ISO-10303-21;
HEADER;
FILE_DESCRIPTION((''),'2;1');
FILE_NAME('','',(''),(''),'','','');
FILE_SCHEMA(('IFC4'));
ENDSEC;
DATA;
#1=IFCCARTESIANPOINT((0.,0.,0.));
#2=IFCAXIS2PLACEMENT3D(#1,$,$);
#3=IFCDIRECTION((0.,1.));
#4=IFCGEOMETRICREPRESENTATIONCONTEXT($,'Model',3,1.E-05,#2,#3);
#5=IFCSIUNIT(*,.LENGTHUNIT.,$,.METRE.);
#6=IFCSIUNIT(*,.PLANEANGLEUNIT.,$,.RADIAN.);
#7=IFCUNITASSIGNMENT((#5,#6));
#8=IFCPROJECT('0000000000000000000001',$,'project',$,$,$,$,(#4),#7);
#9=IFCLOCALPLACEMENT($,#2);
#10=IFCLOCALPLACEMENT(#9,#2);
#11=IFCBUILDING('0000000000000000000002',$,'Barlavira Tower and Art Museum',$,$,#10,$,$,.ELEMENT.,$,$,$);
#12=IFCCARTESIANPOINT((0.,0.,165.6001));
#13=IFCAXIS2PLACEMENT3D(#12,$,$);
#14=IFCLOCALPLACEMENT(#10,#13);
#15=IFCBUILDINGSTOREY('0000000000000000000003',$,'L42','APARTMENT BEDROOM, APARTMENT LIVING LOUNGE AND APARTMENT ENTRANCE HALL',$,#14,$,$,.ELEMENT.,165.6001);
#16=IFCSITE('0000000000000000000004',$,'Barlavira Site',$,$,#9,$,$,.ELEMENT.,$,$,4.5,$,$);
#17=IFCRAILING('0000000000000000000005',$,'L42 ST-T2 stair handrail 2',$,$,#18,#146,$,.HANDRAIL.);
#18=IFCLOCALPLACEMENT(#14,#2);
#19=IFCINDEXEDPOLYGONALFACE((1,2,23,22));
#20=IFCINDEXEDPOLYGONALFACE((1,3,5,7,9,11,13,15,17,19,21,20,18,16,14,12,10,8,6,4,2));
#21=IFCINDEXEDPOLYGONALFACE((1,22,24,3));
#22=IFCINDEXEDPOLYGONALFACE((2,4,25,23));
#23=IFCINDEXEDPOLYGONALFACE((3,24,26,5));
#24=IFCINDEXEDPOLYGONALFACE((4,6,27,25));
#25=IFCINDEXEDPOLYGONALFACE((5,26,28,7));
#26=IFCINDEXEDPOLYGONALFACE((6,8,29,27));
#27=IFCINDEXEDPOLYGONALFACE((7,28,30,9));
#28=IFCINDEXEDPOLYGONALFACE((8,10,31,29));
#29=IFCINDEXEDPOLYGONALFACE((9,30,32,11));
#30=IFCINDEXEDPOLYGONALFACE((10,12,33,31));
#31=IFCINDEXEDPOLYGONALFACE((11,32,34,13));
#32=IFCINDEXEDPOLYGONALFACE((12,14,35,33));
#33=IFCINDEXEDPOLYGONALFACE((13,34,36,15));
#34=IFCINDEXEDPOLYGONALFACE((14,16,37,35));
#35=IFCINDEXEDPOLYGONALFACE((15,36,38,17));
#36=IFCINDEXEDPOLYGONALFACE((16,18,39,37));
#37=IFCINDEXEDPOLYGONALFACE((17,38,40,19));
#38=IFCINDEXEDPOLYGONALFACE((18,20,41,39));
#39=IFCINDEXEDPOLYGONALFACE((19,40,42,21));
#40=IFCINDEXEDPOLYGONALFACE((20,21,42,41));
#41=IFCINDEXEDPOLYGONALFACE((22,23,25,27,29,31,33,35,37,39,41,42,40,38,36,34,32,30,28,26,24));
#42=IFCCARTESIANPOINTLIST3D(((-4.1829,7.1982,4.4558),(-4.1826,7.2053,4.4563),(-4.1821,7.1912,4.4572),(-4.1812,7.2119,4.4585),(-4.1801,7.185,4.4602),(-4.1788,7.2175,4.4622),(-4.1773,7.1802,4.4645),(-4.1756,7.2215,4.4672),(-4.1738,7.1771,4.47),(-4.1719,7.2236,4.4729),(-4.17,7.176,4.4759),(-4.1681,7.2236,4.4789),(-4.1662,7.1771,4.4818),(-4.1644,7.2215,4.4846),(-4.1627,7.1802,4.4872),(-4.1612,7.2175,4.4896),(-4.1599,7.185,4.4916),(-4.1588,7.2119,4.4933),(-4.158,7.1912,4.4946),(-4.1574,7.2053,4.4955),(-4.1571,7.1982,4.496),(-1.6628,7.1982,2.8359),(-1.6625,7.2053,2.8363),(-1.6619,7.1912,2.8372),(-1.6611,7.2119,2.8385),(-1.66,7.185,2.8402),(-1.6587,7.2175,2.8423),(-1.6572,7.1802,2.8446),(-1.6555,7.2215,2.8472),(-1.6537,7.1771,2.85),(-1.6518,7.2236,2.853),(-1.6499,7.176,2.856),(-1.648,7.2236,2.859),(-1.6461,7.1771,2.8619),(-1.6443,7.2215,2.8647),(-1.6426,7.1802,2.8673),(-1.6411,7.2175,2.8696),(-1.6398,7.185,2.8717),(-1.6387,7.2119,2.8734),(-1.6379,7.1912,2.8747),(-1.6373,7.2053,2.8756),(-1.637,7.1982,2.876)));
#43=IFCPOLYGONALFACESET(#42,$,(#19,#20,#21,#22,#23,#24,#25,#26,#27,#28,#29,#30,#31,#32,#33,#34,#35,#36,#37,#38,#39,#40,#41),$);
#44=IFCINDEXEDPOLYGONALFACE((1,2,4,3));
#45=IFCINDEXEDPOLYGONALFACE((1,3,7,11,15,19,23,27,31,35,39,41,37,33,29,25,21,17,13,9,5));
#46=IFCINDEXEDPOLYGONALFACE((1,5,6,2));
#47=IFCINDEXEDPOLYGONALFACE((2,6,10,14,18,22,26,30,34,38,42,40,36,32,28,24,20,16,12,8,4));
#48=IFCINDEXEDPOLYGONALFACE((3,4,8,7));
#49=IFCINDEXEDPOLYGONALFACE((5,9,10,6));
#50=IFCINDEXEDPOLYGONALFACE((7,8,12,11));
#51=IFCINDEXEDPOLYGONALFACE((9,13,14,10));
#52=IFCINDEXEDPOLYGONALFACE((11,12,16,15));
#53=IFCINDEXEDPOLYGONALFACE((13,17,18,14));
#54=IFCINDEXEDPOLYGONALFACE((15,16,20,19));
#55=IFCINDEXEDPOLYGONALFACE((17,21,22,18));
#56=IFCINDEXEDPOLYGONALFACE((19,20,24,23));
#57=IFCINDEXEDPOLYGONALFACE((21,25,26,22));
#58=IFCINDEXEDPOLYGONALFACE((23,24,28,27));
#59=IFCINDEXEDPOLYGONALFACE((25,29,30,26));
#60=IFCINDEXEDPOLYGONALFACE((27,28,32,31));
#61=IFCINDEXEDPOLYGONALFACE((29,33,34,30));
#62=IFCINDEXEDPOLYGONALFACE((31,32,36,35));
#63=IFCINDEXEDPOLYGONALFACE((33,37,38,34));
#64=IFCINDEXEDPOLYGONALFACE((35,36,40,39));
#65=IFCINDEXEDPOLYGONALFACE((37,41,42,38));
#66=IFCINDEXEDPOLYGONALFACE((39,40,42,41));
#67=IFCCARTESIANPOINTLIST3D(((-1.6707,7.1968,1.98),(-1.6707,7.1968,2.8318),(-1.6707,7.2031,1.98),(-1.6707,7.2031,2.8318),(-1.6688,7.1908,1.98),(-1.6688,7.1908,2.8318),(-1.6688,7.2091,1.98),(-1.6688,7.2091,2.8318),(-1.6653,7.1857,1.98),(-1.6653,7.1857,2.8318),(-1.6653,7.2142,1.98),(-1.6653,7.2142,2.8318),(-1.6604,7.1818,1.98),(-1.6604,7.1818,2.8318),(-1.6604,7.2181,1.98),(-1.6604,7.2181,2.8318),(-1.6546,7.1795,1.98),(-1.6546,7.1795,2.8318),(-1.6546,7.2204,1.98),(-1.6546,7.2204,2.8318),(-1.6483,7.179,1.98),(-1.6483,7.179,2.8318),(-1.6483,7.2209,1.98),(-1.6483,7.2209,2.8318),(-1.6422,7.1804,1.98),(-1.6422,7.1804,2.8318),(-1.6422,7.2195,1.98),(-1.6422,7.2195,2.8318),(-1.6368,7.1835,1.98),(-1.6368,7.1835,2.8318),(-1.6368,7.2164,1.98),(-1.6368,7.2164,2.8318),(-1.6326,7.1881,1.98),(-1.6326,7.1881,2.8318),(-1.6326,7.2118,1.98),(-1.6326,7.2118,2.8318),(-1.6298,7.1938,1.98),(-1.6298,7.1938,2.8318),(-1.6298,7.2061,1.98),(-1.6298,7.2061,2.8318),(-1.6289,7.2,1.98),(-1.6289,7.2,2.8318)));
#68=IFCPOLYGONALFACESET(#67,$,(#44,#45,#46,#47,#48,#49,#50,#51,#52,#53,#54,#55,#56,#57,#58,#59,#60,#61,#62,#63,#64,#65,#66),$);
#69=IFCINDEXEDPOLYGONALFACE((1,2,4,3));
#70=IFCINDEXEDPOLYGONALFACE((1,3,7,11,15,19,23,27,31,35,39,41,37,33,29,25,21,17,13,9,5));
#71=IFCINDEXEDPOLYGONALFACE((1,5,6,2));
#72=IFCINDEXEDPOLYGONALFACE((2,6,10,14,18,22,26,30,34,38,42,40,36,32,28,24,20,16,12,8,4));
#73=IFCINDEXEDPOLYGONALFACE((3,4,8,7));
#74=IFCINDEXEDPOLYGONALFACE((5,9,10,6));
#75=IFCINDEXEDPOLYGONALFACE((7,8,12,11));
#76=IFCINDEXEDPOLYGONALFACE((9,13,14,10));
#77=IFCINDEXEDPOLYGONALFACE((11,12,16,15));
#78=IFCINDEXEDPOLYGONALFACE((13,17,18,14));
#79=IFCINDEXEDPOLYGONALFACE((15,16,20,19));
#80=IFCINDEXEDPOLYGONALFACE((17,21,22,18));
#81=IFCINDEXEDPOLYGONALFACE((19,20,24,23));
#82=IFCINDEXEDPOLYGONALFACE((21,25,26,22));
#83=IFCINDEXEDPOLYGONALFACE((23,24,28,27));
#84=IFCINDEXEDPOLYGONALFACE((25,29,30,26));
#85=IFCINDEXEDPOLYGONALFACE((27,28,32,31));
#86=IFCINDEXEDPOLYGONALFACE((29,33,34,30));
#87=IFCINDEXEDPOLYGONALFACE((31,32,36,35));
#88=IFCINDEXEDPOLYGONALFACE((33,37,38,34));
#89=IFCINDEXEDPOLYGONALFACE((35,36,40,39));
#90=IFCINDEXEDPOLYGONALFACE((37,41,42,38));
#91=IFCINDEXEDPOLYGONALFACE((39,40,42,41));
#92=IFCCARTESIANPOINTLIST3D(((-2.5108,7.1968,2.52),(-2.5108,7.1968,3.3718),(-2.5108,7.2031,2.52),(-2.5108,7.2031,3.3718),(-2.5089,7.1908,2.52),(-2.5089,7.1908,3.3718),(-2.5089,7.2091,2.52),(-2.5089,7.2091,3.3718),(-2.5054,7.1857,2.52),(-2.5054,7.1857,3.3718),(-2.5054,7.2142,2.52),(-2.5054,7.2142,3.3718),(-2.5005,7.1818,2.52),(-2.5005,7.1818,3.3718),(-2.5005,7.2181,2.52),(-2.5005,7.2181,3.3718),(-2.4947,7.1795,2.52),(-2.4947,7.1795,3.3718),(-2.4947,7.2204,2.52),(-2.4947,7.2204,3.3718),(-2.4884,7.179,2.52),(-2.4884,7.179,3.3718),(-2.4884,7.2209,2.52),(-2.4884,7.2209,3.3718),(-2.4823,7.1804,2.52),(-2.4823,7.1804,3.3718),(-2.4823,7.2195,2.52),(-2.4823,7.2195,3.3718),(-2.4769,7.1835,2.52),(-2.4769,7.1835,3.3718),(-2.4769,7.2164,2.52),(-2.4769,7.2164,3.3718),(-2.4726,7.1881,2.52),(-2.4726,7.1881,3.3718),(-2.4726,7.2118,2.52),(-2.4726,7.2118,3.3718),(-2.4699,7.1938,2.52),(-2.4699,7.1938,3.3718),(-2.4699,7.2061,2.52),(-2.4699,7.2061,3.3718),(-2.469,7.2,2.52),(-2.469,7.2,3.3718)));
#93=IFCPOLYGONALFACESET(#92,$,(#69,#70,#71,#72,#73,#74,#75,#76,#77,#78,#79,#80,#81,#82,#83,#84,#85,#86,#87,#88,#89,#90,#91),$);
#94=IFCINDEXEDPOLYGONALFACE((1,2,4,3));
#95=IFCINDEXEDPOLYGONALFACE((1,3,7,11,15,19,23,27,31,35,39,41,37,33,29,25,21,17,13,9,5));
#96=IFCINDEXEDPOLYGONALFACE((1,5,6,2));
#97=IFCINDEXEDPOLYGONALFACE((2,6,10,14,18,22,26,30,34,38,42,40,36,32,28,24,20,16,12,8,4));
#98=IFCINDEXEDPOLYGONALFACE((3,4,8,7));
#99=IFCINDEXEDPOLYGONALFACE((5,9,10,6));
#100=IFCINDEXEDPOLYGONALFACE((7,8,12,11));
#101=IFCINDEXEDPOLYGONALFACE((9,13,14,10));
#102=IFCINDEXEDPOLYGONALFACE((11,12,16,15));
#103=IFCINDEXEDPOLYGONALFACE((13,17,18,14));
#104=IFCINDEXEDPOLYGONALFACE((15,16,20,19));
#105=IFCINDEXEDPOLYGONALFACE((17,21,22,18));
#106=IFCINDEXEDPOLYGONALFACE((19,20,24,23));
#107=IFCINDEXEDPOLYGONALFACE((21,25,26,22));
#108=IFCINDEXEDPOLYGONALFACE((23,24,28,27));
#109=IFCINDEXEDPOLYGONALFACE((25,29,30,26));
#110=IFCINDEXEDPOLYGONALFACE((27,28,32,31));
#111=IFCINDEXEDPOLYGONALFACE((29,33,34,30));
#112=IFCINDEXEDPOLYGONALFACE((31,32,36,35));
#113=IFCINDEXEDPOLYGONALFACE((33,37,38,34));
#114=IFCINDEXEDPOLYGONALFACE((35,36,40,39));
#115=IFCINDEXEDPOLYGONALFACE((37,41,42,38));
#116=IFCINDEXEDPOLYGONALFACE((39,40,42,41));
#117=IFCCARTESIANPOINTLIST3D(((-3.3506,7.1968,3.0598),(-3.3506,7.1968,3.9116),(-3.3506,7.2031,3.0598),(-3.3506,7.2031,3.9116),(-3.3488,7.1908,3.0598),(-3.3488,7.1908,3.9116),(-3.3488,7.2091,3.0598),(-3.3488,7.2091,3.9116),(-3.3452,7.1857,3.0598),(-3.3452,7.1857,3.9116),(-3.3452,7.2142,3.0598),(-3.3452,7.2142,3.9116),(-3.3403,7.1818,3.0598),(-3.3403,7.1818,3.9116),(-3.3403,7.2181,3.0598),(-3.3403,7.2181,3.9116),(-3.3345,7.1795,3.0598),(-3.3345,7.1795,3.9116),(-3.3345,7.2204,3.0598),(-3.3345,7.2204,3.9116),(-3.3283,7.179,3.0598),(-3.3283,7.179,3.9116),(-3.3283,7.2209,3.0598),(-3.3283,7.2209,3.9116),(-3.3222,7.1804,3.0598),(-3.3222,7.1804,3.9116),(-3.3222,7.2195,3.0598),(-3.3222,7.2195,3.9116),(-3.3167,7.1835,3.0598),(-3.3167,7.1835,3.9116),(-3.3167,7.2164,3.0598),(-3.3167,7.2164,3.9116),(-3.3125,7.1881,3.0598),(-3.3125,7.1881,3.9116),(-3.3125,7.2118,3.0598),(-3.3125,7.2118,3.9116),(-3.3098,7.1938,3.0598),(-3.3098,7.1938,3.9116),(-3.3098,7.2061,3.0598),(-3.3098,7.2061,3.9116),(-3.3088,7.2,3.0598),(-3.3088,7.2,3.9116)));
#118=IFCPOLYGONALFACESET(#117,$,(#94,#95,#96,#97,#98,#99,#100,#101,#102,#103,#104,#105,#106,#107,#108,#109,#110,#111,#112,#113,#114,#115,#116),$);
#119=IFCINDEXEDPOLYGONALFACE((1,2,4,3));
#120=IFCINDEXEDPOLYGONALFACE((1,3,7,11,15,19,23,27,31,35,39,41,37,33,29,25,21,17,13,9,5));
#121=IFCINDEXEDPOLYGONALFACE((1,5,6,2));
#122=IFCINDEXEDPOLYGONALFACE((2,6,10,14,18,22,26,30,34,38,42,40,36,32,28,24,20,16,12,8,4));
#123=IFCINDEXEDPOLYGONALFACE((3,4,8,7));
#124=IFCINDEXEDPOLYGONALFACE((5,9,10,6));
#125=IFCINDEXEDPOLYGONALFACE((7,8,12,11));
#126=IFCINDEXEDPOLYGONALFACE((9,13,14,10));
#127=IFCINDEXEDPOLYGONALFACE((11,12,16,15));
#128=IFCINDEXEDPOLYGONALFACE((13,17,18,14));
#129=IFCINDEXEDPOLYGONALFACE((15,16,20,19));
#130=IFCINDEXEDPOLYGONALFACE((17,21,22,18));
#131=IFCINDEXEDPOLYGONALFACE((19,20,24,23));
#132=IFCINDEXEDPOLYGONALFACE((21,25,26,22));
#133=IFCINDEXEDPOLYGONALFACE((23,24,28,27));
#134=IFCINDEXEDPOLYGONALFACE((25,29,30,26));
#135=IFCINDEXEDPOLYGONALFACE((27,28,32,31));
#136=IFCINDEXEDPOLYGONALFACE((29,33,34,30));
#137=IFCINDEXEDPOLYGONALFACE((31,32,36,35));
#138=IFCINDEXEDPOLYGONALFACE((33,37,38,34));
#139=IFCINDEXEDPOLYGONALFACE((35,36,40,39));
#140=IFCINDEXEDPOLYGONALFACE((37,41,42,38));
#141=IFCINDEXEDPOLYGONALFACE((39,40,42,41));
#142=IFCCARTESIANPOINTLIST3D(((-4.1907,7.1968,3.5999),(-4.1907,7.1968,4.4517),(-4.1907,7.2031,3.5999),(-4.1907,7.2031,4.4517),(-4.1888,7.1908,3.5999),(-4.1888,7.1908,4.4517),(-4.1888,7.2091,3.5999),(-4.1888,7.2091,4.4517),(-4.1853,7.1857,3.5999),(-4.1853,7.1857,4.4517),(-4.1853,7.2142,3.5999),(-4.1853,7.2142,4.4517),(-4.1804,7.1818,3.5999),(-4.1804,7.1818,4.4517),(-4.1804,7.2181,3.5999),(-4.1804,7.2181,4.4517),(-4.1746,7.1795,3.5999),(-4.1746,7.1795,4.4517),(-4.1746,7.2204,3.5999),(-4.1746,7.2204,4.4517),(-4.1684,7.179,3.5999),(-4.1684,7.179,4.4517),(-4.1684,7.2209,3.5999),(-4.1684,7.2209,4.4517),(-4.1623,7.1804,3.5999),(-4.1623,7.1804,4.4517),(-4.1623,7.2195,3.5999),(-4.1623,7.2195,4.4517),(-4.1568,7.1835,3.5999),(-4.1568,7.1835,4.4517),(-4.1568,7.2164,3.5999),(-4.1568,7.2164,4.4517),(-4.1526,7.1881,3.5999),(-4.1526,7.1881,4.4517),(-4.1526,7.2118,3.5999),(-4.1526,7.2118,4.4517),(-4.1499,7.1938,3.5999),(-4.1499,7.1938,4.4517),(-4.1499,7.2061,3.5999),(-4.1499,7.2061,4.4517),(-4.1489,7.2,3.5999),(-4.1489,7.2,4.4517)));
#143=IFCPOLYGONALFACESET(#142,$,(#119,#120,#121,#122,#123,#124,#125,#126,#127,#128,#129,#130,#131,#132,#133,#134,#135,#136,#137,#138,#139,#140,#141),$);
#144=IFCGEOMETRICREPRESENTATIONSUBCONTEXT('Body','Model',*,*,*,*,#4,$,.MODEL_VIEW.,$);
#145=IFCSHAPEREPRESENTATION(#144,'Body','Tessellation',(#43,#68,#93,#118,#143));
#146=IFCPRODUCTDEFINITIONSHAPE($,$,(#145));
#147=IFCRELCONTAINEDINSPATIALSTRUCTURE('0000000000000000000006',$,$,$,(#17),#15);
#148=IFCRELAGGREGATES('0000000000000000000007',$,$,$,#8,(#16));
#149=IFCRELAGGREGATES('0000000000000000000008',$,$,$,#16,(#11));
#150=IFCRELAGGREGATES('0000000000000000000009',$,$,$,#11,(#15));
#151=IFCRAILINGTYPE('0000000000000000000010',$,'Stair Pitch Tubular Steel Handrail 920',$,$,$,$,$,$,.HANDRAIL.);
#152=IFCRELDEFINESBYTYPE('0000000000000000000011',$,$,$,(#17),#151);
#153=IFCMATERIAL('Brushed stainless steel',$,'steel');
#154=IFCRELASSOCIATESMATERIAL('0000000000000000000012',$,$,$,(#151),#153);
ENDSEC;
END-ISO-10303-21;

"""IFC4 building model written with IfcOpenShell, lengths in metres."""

from ifc_helpers import new_model, si_unit, direction, frame, origin, origin_2d, place, context, subcontext, project, spatial, circle, extrude, material, type_object, element, save


model = new_model("IFC4")

# Units and contexts
model_context = context("Model", 3, precision=1e-05, world=origin(), true_north=direction((0.0, 1.0)))
body_context = subcontext(model_context, "Body", "Model", "MODEL_VIEW")
ifc_project = project(units=[si_unit("LENGTHUNIT", "METRE"), si_unit("PLANEANGLEUNIT", "RADIAN")], contexts=[model_context])

# Site, building, storey
site_placement = place(None, origin())
site = spatial("IfcSite", under=ifc_project, at=site_placement, Name="Barlavira Site", CompositionType="ELEMENT", RefElevation=4.5)
building_placement = place(site_placement, origin())
building = spatial("IfcBuilding", under=site, at=building_placement, Name="Barlavira Tower and Art Museum", CompositionType="ELEMENT")
storey_placement = place(building_placement, frame((0.0, 0.0, 165.6001)))
storey = spatial("IfcBuildingStorey", under=building, at=storey_placement, Name="L42", Description="APARTMENT BEDROOM, APARTMENT LIVING LOUNGE AND APARTMENT ENTRANCE HALL", CompositionType="ELEMENT", Elevation=165.6001)

# Shared definitions
ifc_material_1 = material(Name="Brushed stainless steel", Category="steel")

# Railing
railing_type_1 = type_object("IfcRailingType", Name="Stair Pitch Tubular Steel Handrail 920", PredefinedType="HANDRAIL", material=ifc_material_1)
railing_1_placement = place(storey_placement, frame((-1.6499, 7.2, 1.98)))
element("IfcRailing", 1, at=railing_1_placement, inside=storey, type_object=railing_type_1, Name="L42 ST-T2 stair handrail 2", PredefinedType="HANDRAIL", context=body_context, shape_type="SweptSolid", body=[
    extrude(circle(Radius=0.0239, at=origin_2d()), frame((0.0, 0.0, 0.876), z_axis=(-0.8412, 0.0, 0.540725), x_axis=(0.0, -1.0, 0.0)), (0.0, 0.0, 1.0), 2.9958),
    extrude(circle(Radius=0.021, at=origin_2d()), origin(), (0.0, 0.0, 1.0), 0.8518),
    extrude(circle(Radius=0.021, at=origin_2d()), frame((-0.8401, 0.0, 0.54)), (0.0, 0.0, 1.0), 0.8518),
    extrude(circle(Radius=0.021, at=origin_2d()), frame((-1.6799, 0.0, 1.0798)), (0.0, 0.0, 1.0), 0.8518),
    extrude(circle(Radius=0.021, at=origin_2d()), frame((-2.52, 0.0, 1.6199)), (0.0, 0.0, 1.0), 0.8518),
])

save(model, "model.ifc")
